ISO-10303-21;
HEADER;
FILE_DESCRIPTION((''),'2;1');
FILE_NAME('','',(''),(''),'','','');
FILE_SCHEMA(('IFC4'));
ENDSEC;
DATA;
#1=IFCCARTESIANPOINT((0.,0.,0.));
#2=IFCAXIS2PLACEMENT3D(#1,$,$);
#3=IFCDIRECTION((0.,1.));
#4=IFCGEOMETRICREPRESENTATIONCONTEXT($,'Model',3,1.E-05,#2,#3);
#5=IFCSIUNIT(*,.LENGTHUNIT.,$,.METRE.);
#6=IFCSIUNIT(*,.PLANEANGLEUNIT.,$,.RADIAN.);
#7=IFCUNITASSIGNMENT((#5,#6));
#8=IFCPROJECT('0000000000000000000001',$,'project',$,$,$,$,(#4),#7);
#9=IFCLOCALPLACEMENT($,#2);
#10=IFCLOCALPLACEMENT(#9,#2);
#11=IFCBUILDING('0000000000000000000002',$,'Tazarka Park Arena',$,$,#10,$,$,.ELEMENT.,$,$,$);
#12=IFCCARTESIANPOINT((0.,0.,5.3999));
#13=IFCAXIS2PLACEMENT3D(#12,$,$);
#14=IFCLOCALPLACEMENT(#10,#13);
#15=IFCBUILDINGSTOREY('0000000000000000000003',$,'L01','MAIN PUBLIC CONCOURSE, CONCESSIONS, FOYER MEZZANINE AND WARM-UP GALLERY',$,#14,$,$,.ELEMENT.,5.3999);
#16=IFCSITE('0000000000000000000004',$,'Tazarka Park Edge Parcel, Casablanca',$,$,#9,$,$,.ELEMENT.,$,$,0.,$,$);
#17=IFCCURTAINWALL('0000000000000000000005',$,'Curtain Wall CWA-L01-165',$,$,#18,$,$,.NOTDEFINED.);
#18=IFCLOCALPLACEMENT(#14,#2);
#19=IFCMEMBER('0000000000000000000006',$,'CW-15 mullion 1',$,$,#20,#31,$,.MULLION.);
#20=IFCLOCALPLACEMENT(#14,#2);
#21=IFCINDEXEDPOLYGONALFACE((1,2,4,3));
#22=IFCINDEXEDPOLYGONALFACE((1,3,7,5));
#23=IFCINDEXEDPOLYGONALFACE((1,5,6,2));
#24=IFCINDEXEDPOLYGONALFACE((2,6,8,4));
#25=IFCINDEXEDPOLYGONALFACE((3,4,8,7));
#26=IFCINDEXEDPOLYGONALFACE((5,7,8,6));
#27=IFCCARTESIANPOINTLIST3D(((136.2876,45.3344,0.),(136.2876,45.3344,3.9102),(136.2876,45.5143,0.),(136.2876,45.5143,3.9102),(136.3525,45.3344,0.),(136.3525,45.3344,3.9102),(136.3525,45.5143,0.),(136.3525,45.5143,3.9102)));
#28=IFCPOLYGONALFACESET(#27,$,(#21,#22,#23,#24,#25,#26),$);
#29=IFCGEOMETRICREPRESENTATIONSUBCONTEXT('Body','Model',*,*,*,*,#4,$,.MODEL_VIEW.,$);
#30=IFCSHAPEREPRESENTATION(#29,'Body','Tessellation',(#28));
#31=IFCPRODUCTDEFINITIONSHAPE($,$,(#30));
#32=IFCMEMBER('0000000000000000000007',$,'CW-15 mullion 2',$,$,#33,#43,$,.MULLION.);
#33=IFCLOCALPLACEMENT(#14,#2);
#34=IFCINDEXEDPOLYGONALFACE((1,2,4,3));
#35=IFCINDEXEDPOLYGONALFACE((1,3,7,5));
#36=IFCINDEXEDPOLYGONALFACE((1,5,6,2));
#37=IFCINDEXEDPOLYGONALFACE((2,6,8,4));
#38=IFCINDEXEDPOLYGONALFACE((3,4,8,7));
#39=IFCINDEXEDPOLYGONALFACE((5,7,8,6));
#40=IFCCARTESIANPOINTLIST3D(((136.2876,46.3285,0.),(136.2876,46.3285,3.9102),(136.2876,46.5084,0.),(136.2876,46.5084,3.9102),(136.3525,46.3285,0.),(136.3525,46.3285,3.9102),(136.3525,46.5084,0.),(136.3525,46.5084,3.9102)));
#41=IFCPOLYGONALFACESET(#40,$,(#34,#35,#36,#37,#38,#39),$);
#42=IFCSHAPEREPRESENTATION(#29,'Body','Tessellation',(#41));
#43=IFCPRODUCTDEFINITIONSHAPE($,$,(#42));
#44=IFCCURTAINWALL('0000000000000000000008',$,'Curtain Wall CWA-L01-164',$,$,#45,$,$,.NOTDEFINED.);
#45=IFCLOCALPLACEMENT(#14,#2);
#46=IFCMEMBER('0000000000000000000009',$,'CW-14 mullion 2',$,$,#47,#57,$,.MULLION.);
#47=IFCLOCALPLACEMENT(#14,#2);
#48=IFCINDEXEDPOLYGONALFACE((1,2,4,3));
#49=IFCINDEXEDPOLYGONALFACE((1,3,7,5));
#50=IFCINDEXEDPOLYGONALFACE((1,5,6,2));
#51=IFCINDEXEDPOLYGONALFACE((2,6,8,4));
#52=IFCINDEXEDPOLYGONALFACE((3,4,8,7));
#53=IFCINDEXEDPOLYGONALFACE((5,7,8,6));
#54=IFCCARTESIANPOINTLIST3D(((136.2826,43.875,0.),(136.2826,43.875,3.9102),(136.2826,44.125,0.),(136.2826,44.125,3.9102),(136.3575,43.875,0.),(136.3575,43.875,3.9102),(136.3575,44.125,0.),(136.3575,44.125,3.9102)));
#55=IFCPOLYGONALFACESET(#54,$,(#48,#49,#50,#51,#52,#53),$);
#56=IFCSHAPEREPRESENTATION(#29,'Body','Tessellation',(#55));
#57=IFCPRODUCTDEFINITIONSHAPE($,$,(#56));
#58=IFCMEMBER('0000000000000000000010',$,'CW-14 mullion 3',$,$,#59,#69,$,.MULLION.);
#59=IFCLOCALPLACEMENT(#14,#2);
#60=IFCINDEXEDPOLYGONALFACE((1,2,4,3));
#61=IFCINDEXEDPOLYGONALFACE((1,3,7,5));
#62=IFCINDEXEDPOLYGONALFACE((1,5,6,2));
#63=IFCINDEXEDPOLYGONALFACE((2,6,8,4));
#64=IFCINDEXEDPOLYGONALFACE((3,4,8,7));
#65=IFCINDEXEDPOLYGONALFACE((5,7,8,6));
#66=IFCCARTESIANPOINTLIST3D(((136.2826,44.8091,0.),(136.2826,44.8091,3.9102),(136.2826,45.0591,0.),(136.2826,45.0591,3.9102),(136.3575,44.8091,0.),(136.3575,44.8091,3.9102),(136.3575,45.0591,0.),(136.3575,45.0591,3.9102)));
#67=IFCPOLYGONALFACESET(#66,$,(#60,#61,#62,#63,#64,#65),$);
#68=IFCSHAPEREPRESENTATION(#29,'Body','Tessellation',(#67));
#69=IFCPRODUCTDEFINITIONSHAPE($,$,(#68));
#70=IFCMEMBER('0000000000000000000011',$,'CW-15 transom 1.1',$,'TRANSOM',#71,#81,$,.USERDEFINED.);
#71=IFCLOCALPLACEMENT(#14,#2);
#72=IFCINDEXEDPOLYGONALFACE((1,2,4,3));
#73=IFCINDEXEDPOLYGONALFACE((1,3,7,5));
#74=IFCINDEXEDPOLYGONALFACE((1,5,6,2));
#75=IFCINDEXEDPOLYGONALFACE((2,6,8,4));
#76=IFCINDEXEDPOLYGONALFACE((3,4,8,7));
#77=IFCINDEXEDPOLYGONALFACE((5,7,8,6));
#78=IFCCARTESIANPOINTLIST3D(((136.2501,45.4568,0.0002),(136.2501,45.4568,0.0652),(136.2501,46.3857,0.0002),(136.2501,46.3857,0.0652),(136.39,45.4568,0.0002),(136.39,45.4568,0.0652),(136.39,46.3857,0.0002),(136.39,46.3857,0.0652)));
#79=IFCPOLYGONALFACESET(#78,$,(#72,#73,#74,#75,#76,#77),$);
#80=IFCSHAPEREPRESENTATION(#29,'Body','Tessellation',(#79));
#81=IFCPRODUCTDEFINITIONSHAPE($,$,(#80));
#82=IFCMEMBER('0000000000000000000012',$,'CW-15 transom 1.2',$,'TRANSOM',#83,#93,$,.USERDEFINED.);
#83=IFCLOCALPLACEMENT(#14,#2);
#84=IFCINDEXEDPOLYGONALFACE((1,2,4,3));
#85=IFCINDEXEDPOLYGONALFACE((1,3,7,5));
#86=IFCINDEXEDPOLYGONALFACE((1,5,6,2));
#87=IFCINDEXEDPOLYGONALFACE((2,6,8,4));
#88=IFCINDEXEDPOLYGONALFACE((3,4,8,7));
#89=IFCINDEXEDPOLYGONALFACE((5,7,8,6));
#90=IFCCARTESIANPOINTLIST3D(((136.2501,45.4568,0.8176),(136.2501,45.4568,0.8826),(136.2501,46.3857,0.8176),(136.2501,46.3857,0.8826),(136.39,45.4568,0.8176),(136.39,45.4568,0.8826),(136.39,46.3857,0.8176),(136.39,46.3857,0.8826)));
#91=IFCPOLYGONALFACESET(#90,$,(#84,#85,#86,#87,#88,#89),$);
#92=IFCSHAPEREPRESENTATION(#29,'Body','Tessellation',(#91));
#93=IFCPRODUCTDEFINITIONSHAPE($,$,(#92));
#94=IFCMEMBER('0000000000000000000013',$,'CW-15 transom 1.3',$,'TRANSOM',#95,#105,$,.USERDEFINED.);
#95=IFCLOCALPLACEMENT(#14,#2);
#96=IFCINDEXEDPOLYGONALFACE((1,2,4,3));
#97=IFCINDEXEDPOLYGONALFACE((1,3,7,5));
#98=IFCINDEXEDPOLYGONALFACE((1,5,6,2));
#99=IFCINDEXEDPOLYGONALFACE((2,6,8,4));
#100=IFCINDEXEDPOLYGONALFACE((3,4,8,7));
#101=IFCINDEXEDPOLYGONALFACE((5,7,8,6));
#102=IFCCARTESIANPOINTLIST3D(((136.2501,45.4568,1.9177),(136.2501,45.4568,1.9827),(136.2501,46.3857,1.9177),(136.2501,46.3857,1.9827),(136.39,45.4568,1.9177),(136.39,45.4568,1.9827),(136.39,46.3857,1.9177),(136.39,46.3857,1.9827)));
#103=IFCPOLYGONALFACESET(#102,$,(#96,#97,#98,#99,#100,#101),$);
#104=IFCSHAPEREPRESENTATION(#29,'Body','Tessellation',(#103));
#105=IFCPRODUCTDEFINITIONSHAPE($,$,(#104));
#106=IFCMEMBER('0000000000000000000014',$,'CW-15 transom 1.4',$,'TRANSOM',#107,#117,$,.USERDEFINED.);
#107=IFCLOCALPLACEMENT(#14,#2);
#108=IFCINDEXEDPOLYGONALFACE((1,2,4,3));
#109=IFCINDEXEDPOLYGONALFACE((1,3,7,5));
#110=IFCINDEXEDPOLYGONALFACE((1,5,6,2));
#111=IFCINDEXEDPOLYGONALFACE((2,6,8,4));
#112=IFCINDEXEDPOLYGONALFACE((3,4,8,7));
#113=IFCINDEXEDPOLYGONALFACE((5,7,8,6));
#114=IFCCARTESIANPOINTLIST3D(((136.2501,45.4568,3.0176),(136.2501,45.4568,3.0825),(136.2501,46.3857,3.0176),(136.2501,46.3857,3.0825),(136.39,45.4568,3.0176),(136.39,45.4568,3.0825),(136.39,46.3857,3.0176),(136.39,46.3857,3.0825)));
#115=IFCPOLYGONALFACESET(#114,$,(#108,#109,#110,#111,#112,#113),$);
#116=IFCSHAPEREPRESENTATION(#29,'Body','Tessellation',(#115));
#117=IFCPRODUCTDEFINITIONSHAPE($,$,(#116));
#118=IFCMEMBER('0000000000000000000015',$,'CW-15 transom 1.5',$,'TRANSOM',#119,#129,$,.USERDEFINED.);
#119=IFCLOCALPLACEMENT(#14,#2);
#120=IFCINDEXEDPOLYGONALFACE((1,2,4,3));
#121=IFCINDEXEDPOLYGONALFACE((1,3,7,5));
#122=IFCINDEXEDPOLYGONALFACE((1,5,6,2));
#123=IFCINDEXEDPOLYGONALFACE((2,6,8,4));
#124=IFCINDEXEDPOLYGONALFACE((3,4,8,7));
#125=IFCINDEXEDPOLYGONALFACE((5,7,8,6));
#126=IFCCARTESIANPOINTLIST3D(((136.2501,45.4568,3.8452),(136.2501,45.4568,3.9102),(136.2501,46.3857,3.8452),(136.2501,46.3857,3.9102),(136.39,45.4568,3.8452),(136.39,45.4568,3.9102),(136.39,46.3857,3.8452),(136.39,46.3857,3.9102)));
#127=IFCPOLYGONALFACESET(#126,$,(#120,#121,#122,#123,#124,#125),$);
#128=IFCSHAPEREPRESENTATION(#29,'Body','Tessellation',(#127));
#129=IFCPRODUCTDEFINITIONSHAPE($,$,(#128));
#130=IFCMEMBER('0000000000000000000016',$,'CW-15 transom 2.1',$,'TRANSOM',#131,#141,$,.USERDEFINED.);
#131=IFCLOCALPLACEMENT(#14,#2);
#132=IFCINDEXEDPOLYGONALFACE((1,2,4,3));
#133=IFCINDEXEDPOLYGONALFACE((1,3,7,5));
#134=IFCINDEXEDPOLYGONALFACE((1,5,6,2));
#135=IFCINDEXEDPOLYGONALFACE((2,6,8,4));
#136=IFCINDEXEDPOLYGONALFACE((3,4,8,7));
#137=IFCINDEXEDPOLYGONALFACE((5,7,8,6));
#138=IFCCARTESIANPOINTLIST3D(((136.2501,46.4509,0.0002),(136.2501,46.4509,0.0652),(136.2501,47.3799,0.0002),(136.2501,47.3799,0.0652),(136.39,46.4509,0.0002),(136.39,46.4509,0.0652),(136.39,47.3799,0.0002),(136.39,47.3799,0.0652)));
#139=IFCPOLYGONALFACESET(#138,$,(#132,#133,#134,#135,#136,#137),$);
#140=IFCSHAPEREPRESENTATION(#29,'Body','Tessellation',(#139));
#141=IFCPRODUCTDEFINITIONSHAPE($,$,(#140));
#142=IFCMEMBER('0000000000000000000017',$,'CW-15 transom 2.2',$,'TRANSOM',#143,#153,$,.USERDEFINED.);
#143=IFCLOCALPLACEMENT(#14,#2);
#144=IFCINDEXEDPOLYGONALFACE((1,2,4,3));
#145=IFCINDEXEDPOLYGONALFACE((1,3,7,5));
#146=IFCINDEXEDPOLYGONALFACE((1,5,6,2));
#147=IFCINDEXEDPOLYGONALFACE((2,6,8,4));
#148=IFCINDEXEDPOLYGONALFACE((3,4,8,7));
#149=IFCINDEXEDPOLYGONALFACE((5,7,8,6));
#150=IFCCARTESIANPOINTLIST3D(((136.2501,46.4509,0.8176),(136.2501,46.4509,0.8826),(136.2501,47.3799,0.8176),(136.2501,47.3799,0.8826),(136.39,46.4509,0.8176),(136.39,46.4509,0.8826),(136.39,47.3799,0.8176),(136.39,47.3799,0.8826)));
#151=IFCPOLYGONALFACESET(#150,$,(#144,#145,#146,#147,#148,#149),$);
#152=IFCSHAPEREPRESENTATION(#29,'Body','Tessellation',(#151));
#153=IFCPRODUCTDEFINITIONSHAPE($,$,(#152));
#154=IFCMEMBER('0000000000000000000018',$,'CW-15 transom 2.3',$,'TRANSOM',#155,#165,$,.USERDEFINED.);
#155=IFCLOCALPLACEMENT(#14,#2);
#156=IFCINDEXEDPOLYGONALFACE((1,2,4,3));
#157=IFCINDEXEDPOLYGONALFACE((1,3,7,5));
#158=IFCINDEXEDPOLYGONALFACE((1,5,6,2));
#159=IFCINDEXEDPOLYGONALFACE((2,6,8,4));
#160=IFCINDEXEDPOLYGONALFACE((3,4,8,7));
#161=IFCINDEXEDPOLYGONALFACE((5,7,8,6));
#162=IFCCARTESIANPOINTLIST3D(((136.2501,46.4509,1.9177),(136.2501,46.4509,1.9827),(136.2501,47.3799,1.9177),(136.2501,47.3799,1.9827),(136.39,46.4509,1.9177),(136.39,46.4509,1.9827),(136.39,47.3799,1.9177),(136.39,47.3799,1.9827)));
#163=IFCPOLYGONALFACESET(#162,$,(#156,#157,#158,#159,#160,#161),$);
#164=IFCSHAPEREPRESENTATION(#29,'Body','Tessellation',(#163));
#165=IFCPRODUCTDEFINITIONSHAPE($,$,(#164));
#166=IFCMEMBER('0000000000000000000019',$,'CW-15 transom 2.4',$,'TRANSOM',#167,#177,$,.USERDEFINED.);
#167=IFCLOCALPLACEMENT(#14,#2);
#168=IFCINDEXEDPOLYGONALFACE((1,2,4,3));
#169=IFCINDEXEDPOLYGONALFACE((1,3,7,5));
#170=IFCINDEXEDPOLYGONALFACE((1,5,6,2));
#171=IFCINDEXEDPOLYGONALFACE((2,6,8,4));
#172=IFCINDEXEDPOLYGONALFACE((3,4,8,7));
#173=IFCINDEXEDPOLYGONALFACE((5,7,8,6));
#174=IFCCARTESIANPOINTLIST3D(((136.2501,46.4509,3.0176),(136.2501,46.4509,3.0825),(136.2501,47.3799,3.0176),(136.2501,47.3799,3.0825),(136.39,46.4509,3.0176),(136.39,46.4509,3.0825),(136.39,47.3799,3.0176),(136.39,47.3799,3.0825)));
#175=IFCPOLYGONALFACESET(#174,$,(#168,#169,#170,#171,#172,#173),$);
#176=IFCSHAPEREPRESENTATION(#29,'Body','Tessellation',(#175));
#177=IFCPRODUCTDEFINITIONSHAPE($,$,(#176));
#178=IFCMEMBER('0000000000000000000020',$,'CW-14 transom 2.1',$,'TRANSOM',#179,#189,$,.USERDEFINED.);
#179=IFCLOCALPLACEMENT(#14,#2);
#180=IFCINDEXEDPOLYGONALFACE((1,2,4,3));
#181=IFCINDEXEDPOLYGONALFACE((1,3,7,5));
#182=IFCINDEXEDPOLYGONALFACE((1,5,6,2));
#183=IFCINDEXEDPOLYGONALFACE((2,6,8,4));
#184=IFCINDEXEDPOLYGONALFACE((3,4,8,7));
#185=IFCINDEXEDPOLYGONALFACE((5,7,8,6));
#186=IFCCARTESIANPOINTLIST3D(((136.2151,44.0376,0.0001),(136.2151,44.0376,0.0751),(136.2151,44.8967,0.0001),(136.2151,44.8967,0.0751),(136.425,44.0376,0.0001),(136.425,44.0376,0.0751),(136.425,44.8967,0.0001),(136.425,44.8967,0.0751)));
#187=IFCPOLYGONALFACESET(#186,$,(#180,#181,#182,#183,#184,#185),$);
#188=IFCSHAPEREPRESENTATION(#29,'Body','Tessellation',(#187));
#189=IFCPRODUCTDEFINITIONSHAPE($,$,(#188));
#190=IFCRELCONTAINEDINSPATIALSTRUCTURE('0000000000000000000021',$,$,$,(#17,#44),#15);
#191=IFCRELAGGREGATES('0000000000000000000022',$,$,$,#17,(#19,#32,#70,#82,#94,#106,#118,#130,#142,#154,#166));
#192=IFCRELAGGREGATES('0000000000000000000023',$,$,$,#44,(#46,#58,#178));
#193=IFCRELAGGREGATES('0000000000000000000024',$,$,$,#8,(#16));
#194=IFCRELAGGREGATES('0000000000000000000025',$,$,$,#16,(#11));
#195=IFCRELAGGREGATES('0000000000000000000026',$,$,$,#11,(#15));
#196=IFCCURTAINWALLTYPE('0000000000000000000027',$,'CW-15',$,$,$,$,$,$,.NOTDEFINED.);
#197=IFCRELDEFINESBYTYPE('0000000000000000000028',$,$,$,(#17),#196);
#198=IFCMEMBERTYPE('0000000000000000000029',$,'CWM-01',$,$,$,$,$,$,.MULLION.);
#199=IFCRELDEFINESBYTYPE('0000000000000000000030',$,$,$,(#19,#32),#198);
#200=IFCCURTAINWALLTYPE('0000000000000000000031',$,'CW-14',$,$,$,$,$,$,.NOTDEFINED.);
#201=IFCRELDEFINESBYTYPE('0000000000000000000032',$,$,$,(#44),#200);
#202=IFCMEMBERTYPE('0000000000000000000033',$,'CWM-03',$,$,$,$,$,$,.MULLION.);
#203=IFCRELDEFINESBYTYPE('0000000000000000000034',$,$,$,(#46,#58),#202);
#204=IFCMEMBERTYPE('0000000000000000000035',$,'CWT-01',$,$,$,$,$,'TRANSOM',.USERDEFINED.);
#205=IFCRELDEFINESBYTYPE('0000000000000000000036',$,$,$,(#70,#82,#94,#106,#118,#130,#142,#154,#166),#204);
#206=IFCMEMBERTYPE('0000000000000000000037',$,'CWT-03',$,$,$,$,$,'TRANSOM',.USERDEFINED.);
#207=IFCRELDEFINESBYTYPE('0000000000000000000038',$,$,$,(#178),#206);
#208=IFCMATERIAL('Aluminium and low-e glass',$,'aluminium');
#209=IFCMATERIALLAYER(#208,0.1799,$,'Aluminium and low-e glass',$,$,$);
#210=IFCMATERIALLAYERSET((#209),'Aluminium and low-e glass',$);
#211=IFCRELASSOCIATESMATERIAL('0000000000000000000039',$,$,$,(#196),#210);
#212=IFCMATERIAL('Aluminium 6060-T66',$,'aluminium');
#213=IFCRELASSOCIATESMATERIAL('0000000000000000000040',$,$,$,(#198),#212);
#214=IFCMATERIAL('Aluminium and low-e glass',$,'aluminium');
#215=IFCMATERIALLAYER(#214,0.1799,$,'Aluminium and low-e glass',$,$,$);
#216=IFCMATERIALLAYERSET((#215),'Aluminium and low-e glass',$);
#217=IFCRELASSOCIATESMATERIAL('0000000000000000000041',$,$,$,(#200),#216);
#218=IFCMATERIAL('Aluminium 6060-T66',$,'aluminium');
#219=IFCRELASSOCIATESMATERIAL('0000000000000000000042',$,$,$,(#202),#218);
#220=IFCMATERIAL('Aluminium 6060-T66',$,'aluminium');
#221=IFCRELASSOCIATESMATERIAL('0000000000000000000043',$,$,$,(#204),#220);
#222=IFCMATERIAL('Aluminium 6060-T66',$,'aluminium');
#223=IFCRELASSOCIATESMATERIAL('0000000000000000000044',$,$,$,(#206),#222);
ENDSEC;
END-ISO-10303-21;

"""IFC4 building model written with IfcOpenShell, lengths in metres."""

from ifc_helpers import new_model, si_unit, direction, frame, origin, origin_2d, place, context, subcontext, project, spatial, rectangle, extrude, material, layer, layer_set, material_profile, profile_set, type_object, element, aggregate, save


model = new_model("IFC4")

# Units and contexts
model_context = context("Model", 3, precision=1e-05, world=origin(), true_north=direction((0.0, 1.0)))
body_context = subcontext(model_context, "Body", "Model", "MODEL_VIEW")
ifc_project = project(units=[si_unit("LENGTHUNIT", "METRE"), si_unit("PLANEANGLEUNIT", "RADIAN")], contexts=[model_context])

# Site, building, storey
site_placement = place(None, origin())
site = spatial("IfcSite", under=ifc_project, at=site_placement, Name="Tazarka Park Edge Parcel, Casablanca", CompositionType="ELEMENT", RefElevation=0.0)
building_placement = place(site_placement, origin())
building = spatial("IfcBuilding", under=site, at=building_placement, Name="Tazarka Park Arena", CompositionType="ELEMENT")
storey_placement = place(building_placement, frame((0.0, 0.0, 5.3999)))
storey = spatial("IfcBuildingStorey", under=building, at=storey_placement, Name="L01", Description="MAIN PUBLIC CONCOURSE, CONCESSIONS, FOYER MEZZANINE AND WARM-UP GALLERY", CompositionType="ELEMENT", Elevation=5.3999)

# Curtain walls, members
ifc_material_1 = material(Name="Aluminium and low-e glass", Category="aluminium")
ifc_layer_1 = layer(ifc_material_1, 0.1799, Name="Aluminium and low-e glass")
ifc_layer_set_1 = layer_set([ifc_layer_1], Name="Aluminium and low-e glass")
curtain_wall_type_1 = type_object("IfcCurtainWallType", Name="CW-15", PredefinedType="NOTDEFINED", material=ifc_layer_set_1)
curtain_wall_1_placement = place(storey_placement, origin())
curtain_wall_1 = element("IfcCurtainWall", 1, at=curtain_wall_1_placement, inside=storey, type_object=curtain_wall_type_1, Name="Curtain Wall CWA-L01-165", PredefinedType="NOTDEFINED")
ifc_material_2 = material(Name="Aluminium 6060-T66", Category="aluminium")
ifc_material_profile_1 = material_profile(ifc_material_2, rectangle(XDim=0.0649, YDim=0.1799, at=origin_2d()), Name="Aluminium 6060-T66")
ifc_profile_set_1 = profile_set([ifc_material_profile_1], Name="Aluminium 6060-T66")
member_type_1 = type_object("IfcMemberType", Name="CWM-01", PredefinedType="MULLION", material=ifc_profile_set_1)
member_1_placement = place(storey_placement, frame((136.3201, 45.4243, 0.0), z_axis=(0.0, 0.0, 1.0), x_axis=(-1.0, 0.0, 0.0)))
member_1 = element("IfcMember", 2, at=member_1_placement, type_object=member_type_1, Name="CW-15 mullion 1", PredefinedType="MULLION", context=body_context, shape_type="SweptSolid", body=[
    extrude(rectangle(XDim=0.0649, YDim=0.1799, at=origin_2d()), origin(), (0.0, 0.0, 1.0), 3.9102),
])
member_2_placement = place(storey_placement, frame((136.3201, 46.4185, 0.0), z_axis=(0.0, 0.0, 1.0), x_axis=(-1.0, 0.0, 0.0)))
member_2 = element("IfcMember", 3, at=member_2_placement, type_object=member_type_1, Name="CW-15 mullion 2", PredefinedType="MULLION", context=body_context, shape_type="SweptSolid", body=[
    extrude(rectangle(XDim=0.0649, YDim=0.1799, at=origin_2d()), origin(), (0.0, 0.0, 1.0), 3.9102),
])
ifc_material_3 = material(Name="Aluminium and low-e glass", Category="aluminium")
ifc_layer_2 = layer(ifc_material_3, 0.1799, Name="Aluminium and low-e glass")
ifc_layer_set_2 = layer_set([ifc_layer_2], Name="Aluminium and low-e glass")
curtain_wall_type_2 = type_object("IfcCurtainWallType", Name="CW-14", PredefinedType="NOTDEFINED", material=ifc_layer_set_2)
curtain_wall_2_placement = place(storey_placement, origin())
curtain_wall_2 = element("IfcCurtainWall", 4, at=curtain_wall_2_placement, inside=storey, type_object=curtain_wall_type_2, Name="Curtain Wall CWA-L01-164", PredefinedType="NOTDEFINED")
ifc_material_4 = material(Name="Aluminium 6060-T66", Category="aluminium")
ifc_material_profile_2 = material_profile(ifc_material_4, rectangle(XDim=0.075, YDim=0.25, at=origin_2d()), Name="Aluminium 6060-T66")
ifc_profile_set_2 = profile_set([ifc_material_profile_2], Name="Aluminium 6060-T66")
member_type_2 = type_object("IfcMemberType", Name="CWM-03", PredefinedType="MULLION", material=ifc_profile_set_2)
member_3_placement = place(storey_placement, frame((136.3201, 44.0, 0.0), z_axis=(0.0, 0.0, 1.0), x_axis=(-1.0, 0.0, 0.0)))
member_3 = element("IfcMember", 5, at=member_3_placement, type_object=member_type_2, Name="CW-14 mullion 2", PredefinedType="MULLION", context=body_context, shape_type="SweptSolid", body=[
    extrude(rectangle(XDim=0.075, YDim=0.25, at=origin_2d()), origin(), (0.0, 0.0, 1.0), 3.9102),
])
member_4_placement = place(storey_placement, frame((136.3201, 44.9341, 0.0), z_axis=(0.0, 0.0, 1.0), x_axis=(-1.0, 0.0, 0.0)))
member_4 = element("IfcMember", 6, at=member_4_placement, type_object=member_type_2, Name="CW-14 mullion 3", PredefinedType="MULLION", context=body_context, shape_type="SweptSolid", body=[
    extrude(rectangle(XDim=0.075, YDim=0.25, at=origin_2d()), origin(), (0.0, 0.0, 1.0), 3.9102),
])

# Members
ifc_material_5 = material(Name="Aluminium 6060-T66", Category="aluminium")
ifc_material_profile_3 = material_profile(ifc_material_5, rectangle(XDim=0.1399, YDim=0.0649, at=origin_2d()), Name="Aluminium 6060-T66")
ifc_profile_set_3 = profile_set([ifc_material_profile_3], Name="Aluminium 6060-T66")
member_type_3 = type_object("IfcMemberType", Name="CWT-01", ElementType="TRANSOM", PredefinedType="USERDEFINED", material=ifc_profile_set_3)
member_5_placement = place(storey_placement, frame((136.3201, 45.4568, 0.0327), z_axis=(0.0, 1.0, 0.0), x_axis=(-1.0, 0.0, 0.0)))
member_5 = element("IfcMember", 7, at=member_5_placement, type_object=member_type_3, Name="CW-15 transom 1.1", ObjectType="TRANSOM", PredefinedType="USERDEFINED", context=body_context, shape_type="SweptSolid", body=[
    extrude(rectangle(XDim=0.1399, YDim=0.0649, at=origin_2d()), origin(), (0.0, 0.0, 1.0), 0.929),
])
member_6_placement = place(storey_placement, frame((136.3201, 45.4568, 0.8501), z_axis=(0.0, 1.0, 0.0), x_axis=(-1.0, 0.0, 0.0)))
member_6 = element("IfcMember", 8, at=member_6_placement, type_object=member_type_3, Name="CW-15 transom 1.2", ObjectType="TRANSOM", PredefinedType="USERDEFINED", context=body_context, shape_type="SweptSolid", body=[
    extrude(rectangle(XDim=0.1399, YDim=0.0649, at=origin_2d()), origin(), (0.0, 0.0, 1.0), 0.929),
])
member_7_placement = place(storey_placement, frame((136.3201, 45.4568, 1.9502), z_axis=(0.0, 1.0, 0.0), x_axis=(-1.0, 0.0, 0.0)))
member_7 = element("IfcMember", 9, at=member_7_placement, type_object=member_type_3, Name="CW-15 transom 1.3", ObjectType="TRANSOM", PredefinedType="USERDEFINED", context=body_context, shape_type="SweptSolid", body=[
    extrude(rectangle(XDim=0.1399, YDim=0.0649, at=origin_2d()), origin(), (0.0, 0.0, 1.0), 0.929),
])
member_8_placement = place(storey_placement, frame((136.3201, 45.4568, 3.05), z_axis=(0.0, 1.0, 0.0), x_axis=(-1.0, 0.0, 0.0)))
member_8 = element("IfcMember", 10, at=member_8_placement, type_object=member_type_3, Name="CW-15 transom 1.4", ObjectType="TRANSOM", PredefinedType="USERDEFINED", context=body_context, shape_type="SweptSolid", body=[
    extrude(rectangle(XDim=0.1399, YDim=0.0649, at=origin_2d()), origin(), (0.0, 0.0, 1.0), 0.929),
])
member_9_placement = place(storey_placement, frame((136.3201, 45.4568, 3.8777), z_axis=(0.0, 1.0, 0.0), x_axis=(-1.0, 0.0, 0.0)))
member_9 = element("IfcMember", 11, at=member_9_placement, type_object=member_type_3, Name="CW-15 transom 1.5", ObjectType="TRANSOM", PredefinedType="USERDEFINED", context=body_context, shape_type="SweptSolid", body=[
    extrude(rectangle(XDim=0.1399, YDim=0.0649, at=origin_2d()), origin(), (0.0, 0.0, 1.0), 0.929),
])
member_10_placement = place(storey_placement, frame((136.3201, 46.4509, 0.0327), z_axis=(0.0, 1.0, 0.0), x_axis=(-1.0, 0.0, 0.0)))
member_10 = element("IfcMember", 12, at=member_10_placement, type_object=member_type_3, Name="CW-15 transom 2.1", ObjectType="TRANSOM", PredefinedType="USERDEFINED", context=body_context, shape_type="SweptSolid", body=[
    extrude(rectangle(XDim=0.1399, YDim=0.0649, at=origin_2d()), origin(), (0.0, 0.0, 1.0), 0.929),
])
member_11_placement = place(storey_placement, frame((136.3201, 46.4509, 0.8501), z_axis=(0.0, 1.0, 0.0), x_axis=(-1.0, 0.0, 0.0)))
member_11 = element("IfcMember", 13, at=member_11_placement, type_object=member_type_3, Name="CW-15 transom 2.2", ObjectType="TRANSOM", PredefinedType="USERDEFINED", context=body_context, shape_type="SweptSolid", body=[
    extrude(rectangle(XDim=0.1399, YDim=0.0649, at=origin_2d()), origin(), (0.0, 0.0, 1.0), 0.929),
])
member_12_placement = place(storey_placement, frame((136.3201, 46.4509, 1.9502), z_axis=(0.0, 1.0, 0.0), x_axis=(-1.0, 0.0, 0.0)))
member_12 = element("IfcMember", 14, at=member_12_placement, type_object=member_type_3, Name="CW-15 transom 2.3", ObjectType="TRANSOM", PredefinedType="USERDEFINED", context=body_context, shape_type="SweptSolid", body=[
    extrude(rectangle(XDim=0.1399, YDim=0.0649, at=origin_2d()), origin(), (0.0, 0.0, 1.0), 0.929),
])
member_13_placement = place(storey_placement, frame((136.3201, 46.4509, 3.05), z_axis=(0.0, 1.0, 0.0), x_axis=(-1.0, 0.0, 0.0)))
member_13 = element("IfcMember", 15, at=member_13_placement, type_object=member_type_3, Name="CW-15 transom 2.4", ObjectType="TRANSOM", PredefinedType="USERDEFINED", context=body_context, shape_type="SweptSolid", body=[
    extrude(rectangle(XDim=0.1399, YDim=0.0649, at=origin_2d()), origin(), (0.0, 0.0, 1.0), 0.929),
])
ifc_material_6 = material(Name="Aluminium 6060-T66", Category="aluminium")
ifc_material_profile_4 = material_profile(ifc_material_6, rectangle(XDim=0.21, YDim=0.075, at=origin_2d()), Name="Aluminium 6060-T66")
ifc_profile_set_4 = profile_set([ifc_material_profile_4], Name="Aluminium 6060-T66")
member_type_4 = type_object("IfcMemberType", Name="CWT-03", ElementType="TRANSOM", PredefinedType="USERDEFINED", material=ifc_profile_set_4)
member_14_placement = place(storey_placement, frame((136.3201, 44.0376, 0.0376), z_axis=(0.0, 1.0, 0.0), x_axis=(-1.0, 0.0, 0.0)))
member_14 = element("IfcMember", 16, at=member_14_placement, type_object=member_type_4, Name="CW-14 transom 2.1", ObjectType="TRANSOM", PredefinedType="USERDEFINED", context=body_context, shape_type="SweptSolid", body=[
    extrude(rectangle(XDim=0.21, YDim=0.075, at=origin_2d()), origin(), (0.0, 0.0, 1.0), 0.8591),
])

aggregate(curtain_wall_1, [member_1, member_2, member_5, member_6, member_7, member_8, member_9, member_10, member_11, member_12, member_13])
aggregate(curtain_wall_2, [member_3, member_4, member_14])

save(model, "model.ifc")
